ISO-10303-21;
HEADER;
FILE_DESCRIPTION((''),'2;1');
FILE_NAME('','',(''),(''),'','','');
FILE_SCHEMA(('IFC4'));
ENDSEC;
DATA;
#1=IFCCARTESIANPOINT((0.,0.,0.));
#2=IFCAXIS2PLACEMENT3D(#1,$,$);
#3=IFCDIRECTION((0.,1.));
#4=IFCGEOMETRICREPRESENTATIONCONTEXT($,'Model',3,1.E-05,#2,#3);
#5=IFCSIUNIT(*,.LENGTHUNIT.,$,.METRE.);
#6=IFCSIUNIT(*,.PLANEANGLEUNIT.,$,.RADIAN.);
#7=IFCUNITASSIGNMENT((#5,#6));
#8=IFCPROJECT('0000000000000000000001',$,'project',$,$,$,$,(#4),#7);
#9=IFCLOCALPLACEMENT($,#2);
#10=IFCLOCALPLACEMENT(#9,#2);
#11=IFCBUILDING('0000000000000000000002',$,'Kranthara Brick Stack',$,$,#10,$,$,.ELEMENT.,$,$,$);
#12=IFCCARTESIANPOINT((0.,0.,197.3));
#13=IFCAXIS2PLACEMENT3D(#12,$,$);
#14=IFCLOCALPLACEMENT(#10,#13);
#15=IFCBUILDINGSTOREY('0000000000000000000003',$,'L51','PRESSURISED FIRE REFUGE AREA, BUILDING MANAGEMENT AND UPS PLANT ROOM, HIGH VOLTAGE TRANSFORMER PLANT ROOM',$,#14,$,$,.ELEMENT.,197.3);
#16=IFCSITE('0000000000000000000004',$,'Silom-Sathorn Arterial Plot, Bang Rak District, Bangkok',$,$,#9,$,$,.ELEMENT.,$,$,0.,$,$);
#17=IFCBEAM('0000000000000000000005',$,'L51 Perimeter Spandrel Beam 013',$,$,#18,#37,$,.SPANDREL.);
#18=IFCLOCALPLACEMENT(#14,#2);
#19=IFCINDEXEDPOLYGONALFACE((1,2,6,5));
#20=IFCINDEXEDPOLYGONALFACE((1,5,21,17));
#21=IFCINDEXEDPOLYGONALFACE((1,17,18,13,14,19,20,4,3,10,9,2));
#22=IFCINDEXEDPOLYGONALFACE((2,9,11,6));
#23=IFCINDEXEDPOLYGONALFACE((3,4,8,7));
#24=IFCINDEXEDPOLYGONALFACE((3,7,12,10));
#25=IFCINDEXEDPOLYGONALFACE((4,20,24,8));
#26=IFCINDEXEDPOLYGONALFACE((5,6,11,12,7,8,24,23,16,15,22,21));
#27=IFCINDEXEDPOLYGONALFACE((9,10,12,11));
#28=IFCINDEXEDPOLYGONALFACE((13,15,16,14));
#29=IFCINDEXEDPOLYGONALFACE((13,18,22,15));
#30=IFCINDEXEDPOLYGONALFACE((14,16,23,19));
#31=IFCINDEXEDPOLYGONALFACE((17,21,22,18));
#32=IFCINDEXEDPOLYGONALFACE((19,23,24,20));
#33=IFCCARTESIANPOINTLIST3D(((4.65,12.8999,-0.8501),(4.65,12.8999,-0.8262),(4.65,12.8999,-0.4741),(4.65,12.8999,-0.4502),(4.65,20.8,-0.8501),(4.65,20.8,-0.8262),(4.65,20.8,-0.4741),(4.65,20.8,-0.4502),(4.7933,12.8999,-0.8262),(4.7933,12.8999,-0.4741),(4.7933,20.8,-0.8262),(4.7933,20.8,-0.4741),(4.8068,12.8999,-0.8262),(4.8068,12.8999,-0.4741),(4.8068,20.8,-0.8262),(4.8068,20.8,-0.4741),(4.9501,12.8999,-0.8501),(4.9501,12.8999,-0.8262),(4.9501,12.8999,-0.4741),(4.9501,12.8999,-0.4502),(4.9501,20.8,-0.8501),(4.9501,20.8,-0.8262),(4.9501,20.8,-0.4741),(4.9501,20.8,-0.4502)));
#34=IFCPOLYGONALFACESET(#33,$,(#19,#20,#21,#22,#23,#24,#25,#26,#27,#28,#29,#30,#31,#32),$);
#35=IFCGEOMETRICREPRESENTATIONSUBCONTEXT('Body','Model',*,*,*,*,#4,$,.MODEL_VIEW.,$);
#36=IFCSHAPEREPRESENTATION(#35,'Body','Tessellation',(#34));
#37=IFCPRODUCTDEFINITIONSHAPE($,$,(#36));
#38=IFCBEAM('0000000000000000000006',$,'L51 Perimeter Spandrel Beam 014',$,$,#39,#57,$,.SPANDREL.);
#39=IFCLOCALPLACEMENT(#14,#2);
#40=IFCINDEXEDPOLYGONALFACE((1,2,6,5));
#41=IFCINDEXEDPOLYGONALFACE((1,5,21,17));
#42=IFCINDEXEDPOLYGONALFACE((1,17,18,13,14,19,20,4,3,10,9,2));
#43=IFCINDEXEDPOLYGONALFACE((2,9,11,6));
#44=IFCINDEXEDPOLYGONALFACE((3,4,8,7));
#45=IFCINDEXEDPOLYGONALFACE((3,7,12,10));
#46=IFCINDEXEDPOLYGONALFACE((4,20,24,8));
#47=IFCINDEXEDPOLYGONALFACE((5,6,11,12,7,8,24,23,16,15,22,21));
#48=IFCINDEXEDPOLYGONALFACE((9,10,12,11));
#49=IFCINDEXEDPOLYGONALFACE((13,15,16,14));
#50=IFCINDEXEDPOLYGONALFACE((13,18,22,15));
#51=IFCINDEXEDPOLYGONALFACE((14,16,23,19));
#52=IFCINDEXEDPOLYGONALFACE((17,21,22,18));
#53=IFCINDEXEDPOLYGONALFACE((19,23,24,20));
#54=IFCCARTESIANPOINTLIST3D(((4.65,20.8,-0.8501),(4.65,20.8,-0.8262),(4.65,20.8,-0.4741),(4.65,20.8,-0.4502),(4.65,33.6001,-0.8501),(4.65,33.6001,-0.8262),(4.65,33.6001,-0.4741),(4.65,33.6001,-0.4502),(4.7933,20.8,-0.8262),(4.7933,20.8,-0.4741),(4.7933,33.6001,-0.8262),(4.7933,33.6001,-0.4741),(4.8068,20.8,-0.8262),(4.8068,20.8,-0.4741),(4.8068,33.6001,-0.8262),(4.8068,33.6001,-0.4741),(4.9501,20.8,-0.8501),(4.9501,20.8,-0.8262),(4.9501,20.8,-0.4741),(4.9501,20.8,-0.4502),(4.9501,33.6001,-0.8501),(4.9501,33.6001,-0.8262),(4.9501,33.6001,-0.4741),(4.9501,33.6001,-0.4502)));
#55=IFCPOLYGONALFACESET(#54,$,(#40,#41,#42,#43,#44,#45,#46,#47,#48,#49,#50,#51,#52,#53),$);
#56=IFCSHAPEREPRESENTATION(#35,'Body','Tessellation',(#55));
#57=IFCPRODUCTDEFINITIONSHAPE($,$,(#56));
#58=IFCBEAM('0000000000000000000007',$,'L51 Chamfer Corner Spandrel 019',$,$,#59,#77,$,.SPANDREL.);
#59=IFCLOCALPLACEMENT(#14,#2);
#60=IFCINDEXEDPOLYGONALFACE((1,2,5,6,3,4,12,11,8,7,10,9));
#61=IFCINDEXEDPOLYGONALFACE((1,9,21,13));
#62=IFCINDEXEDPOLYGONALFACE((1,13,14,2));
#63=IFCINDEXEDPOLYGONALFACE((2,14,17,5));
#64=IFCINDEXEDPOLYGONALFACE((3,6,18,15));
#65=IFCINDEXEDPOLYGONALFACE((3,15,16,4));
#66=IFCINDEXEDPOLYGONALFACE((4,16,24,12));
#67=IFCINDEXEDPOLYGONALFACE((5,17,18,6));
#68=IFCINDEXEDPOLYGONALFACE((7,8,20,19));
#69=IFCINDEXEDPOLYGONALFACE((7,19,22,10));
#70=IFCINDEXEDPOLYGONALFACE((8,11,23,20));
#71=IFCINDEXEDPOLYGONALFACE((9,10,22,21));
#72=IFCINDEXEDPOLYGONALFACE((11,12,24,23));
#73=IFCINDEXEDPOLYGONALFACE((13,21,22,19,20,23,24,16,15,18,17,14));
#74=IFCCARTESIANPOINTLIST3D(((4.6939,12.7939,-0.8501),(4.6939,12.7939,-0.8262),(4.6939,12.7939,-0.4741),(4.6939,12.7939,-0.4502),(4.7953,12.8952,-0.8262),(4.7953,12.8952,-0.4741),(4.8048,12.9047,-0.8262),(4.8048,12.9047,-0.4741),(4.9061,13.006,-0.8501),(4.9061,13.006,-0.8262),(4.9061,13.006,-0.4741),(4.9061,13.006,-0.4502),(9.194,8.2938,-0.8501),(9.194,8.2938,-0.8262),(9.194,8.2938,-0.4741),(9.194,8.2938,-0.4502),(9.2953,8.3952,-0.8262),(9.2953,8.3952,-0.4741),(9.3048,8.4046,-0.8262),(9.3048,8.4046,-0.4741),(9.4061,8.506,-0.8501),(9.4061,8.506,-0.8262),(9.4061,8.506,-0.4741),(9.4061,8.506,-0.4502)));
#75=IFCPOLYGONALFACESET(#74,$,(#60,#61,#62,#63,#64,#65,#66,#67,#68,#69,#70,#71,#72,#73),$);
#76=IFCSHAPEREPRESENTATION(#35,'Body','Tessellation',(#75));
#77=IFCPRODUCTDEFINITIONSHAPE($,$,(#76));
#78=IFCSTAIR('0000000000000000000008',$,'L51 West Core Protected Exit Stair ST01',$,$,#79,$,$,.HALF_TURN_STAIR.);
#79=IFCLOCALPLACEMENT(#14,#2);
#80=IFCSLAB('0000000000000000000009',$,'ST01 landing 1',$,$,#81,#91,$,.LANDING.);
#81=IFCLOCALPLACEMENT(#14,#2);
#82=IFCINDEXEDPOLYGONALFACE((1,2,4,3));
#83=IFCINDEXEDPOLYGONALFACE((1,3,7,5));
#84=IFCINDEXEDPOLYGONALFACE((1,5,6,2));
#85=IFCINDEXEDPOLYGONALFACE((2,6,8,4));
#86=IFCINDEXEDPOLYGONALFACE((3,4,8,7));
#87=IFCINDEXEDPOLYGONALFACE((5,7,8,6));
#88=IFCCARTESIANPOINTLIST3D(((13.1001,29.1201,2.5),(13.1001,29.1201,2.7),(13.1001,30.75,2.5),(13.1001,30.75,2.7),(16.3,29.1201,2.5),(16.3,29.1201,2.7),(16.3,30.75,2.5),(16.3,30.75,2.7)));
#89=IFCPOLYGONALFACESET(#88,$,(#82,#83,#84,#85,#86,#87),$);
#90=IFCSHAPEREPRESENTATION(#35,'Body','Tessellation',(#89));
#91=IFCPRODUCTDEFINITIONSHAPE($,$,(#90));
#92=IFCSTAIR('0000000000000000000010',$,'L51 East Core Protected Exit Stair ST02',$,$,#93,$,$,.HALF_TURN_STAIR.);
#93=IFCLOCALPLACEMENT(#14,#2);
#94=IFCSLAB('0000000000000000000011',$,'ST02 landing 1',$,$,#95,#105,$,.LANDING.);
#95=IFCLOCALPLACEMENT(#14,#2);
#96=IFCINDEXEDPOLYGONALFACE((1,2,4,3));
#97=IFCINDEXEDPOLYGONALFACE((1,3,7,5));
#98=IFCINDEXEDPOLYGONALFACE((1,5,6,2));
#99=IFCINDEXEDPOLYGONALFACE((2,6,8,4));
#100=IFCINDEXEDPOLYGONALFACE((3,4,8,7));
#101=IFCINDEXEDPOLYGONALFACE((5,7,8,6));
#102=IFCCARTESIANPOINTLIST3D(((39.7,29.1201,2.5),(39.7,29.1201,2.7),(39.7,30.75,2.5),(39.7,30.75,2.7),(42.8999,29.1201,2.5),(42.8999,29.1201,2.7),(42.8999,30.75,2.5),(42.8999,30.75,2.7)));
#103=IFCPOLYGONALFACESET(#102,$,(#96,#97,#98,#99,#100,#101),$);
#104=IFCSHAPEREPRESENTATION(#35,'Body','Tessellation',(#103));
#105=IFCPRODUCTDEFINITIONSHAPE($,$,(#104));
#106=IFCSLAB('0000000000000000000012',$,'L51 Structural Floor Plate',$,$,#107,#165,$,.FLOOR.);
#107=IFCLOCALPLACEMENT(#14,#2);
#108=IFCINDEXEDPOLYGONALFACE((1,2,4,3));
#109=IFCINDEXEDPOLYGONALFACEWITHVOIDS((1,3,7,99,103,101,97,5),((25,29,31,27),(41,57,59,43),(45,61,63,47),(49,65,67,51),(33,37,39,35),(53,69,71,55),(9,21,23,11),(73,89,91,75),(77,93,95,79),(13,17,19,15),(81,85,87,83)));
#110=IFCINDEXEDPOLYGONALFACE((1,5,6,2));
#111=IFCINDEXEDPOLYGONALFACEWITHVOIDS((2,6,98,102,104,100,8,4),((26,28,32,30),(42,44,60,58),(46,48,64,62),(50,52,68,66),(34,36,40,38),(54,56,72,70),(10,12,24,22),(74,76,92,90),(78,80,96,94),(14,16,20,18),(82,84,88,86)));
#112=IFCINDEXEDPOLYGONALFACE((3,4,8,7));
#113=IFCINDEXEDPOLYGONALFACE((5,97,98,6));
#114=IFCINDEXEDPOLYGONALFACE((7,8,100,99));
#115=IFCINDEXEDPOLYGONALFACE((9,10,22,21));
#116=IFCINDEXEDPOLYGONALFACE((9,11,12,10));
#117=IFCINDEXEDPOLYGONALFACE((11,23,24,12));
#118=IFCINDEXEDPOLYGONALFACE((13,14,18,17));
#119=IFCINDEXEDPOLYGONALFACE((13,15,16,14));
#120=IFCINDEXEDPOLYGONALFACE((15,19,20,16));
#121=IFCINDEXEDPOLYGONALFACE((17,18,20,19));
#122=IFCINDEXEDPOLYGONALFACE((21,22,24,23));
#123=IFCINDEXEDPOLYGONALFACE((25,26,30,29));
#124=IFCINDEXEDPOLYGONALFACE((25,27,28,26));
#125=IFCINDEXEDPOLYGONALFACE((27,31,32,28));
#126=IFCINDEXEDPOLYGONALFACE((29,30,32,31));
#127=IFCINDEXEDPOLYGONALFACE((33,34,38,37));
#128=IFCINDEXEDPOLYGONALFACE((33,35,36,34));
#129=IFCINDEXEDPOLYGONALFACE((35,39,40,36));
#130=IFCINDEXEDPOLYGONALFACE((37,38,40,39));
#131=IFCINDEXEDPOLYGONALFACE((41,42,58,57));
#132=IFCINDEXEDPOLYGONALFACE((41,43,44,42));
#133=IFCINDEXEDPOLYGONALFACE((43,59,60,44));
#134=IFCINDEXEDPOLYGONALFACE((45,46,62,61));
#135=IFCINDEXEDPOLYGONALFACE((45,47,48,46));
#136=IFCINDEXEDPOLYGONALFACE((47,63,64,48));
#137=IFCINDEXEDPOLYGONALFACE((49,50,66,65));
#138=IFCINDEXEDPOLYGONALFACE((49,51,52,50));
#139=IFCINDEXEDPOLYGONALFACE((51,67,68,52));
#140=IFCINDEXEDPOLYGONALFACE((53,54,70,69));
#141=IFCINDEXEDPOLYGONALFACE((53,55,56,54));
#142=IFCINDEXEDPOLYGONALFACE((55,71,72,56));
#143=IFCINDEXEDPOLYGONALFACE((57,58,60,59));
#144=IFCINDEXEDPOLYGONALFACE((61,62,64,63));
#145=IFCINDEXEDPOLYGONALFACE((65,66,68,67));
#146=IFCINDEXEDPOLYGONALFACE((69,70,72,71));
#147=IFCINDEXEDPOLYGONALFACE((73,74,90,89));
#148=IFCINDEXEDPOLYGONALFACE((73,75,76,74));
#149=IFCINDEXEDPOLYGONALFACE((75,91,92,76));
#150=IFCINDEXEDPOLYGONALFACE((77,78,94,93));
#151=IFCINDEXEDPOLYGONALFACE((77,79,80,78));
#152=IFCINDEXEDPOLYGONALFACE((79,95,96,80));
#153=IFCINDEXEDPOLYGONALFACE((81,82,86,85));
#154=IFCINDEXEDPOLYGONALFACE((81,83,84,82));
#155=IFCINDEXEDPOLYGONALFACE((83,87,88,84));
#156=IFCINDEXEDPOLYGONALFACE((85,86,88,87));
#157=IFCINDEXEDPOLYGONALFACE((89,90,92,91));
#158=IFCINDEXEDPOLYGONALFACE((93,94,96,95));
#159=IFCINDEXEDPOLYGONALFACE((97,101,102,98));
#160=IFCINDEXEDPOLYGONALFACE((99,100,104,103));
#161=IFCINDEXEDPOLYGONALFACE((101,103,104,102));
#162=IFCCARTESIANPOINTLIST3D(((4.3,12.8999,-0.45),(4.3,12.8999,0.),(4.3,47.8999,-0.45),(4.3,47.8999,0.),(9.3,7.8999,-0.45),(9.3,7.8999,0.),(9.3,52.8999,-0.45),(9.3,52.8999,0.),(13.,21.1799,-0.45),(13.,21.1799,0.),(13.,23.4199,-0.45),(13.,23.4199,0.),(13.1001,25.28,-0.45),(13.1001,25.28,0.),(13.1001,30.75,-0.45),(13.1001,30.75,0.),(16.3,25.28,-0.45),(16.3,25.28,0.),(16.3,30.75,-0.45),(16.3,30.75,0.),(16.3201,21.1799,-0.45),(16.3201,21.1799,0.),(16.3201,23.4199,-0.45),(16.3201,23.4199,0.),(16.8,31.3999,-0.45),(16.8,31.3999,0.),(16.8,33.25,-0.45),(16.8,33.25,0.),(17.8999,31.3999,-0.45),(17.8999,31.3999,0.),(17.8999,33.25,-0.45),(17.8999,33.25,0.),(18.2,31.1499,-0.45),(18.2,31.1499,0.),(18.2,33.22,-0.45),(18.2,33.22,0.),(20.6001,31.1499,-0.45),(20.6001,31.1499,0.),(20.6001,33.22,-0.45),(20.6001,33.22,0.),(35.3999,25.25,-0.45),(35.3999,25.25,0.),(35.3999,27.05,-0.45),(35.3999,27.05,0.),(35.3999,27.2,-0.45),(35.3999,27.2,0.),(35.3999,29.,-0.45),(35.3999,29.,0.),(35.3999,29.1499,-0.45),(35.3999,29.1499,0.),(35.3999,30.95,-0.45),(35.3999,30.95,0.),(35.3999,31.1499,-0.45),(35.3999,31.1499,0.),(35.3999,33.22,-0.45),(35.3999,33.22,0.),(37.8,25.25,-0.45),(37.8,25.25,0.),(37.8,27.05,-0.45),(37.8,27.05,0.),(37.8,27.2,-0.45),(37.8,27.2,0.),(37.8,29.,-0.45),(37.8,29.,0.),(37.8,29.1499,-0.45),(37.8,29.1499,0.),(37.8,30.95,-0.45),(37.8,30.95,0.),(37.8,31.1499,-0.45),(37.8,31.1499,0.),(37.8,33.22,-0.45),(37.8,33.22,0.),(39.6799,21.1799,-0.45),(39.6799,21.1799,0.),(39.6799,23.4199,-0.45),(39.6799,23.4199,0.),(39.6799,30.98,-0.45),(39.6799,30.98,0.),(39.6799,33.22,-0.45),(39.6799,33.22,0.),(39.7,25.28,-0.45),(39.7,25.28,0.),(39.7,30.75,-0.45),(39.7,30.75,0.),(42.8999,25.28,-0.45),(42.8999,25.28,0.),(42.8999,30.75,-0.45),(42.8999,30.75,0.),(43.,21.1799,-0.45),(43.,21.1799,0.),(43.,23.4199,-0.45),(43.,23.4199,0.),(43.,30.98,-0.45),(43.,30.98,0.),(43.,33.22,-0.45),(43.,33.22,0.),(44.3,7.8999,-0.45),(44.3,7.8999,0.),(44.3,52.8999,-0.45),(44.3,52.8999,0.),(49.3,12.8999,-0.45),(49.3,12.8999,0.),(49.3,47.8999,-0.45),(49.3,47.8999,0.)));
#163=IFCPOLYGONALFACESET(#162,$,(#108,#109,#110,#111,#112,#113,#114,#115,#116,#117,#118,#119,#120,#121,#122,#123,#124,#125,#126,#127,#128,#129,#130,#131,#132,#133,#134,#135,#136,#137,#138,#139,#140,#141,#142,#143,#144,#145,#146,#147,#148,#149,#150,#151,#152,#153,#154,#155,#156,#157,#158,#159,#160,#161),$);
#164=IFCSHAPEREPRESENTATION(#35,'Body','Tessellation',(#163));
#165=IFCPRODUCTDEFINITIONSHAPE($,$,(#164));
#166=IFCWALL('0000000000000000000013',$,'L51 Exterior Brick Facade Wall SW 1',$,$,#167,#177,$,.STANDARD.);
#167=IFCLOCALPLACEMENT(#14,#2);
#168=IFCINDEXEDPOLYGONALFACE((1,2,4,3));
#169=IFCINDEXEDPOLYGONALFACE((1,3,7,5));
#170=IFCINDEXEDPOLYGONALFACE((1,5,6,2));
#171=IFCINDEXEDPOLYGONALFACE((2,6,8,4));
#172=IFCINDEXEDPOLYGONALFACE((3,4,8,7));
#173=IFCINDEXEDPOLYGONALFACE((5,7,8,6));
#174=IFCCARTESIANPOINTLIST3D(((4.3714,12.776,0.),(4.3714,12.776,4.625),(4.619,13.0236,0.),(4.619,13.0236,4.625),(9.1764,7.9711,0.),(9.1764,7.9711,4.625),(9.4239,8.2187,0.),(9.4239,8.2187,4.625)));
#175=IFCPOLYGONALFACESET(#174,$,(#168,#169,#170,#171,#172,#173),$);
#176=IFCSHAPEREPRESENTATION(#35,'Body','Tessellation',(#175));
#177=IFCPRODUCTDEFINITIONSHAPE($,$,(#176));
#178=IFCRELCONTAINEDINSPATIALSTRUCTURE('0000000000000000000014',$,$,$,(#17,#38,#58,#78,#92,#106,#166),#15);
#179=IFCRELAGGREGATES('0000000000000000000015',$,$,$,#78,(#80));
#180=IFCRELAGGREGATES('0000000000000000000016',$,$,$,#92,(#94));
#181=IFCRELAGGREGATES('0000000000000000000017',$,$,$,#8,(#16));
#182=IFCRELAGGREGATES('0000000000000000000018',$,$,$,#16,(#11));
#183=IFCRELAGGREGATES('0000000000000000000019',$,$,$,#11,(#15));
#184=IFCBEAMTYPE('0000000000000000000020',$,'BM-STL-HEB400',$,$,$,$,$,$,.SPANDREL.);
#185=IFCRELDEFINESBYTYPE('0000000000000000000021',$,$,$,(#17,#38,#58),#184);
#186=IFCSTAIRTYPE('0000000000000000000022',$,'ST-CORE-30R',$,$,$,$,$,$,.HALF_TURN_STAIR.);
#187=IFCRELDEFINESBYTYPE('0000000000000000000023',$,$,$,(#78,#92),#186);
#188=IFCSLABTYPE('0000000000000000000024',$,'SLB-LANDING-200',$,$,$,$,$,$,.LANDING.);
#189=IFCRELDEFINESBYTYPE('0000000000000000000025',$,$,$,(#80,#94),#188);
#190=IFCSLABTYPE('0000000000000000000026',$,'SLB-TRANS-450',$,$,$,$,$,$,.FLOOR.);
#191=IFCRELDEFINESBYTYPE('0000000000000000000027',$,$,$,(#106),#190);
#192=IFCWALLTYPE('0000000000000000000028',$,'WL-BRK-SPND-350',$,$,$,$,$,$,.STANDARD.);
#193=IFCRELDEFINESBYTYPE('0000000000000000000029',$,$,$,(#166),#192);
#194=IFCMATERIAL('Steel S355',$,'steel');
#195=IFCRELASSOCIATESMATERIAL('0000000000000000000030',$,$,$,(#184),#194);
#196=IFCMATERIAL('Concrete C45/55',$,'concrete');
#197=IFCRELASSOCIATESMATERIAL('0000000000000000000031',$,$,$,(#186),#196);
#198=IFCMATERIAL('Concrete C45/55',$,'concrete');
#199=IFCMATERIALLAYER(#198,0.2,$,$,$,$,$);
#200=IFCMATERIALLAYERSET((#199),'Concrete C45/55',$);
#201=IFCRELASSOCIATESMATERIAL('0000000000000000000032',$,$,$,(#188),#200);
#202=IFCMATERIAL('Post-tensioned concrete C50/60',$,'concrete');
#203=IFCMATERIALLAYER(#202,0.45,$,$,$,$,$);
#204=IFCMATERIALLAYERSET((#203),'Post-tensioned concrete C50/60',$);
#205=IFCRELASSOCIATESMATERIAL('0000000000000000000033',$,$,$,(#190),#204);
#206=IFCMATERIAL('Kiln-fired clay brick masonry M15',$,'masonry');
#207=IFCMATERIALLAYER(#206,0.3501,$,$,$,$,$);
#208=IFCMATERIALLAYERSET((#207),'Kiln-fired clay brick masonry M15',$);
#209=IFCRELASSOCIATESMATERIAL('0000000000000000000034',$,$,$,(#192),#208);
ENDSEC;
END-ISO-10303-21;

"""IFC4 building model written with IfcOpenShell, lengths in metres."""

from ifc_helpers import new_model, si_unit, direction, frame, frame_2d, origin, origin_2d, place, context, subcontext, project, spatial, polyline, rectangle, i_section, outline, extrude, material, layer, layer_set, material_profile, profile_set, type_object, element, aggregate, save


model = new_model("IFC4")

# Units and contexts
model_context = context("Model", 3, precision=1e-05, world=origin(), true_north=direction((0.0, 1.0)))
body_context = subcontext(model_context, "Body", "Model", "MODEL_VIEW")
ifc_project = project(units=[si_unit("LENGTHUNIT", "METRE"), si_unit("PLANEANGLEUNIT", "RADIAN")], contexts=[model_context])

# Site, building, storey
site_placement = place(None, origin())
site = spatial("IfcSite", under=ifc_project, at=site_placement, Name="Silom-Sathorn Arterial Plot, Bang Rak District, Bangkok", CompositionType="ELEMENT", RefElevation=0.0)
building_placement = place(site_placement, origin())
building = spatial("IfcBuilding", under=site, at=building_placement, Name="Kranthara Brick Stack", CompositionType="ELEMENT")
storey_placement = place(building_placement, frame((0.0, 0.0, 197.3)))
storey = spatial("IfcBuildingStorey", under=building, at=storey_placement, Name="L51", Description="PRESSURISED FIRE REFUGE AREA, BUILDING MANAGEMENT AND UPS PLANT ROOM, HIGH VOLTAGE TRANSFORMER PLANT ROOM", CompositionType="ELEMENT", Elevation=197.3)

# Beams
ifc_material_1 = material(Name="Steel S355", Category="steel")
ifc_material_profile_1 = material_profile(ifc_material_1, i_section(OverallWidth=0.3, OverallDepth=0.3999, WebThickness=0.0134, FlangeThickness=0.0239, at=origin_2d()), Name="HEB 400")
ifc_profile_set_1 = profile_set([ifc_material_profile_1], Name="Steel S355")
beam_type_1 = type_object("IfcBeamType", Name="BM-STL-HEB400", PredefinedType="SPANDREL", material=ifc_profile_set_1)
beam_1_placement = place(storey_placement, frame((4.8, 12.8999, -0.6501), z_axis=(0.0, 1.0, 0.0), x_axis=(-1.0, 0.0, 0.0)))
element("IfcBeam", 1, at=beam_1_placement, inside=storey, type_object=beam_type_1, Name="L51 Perimeter Spandrel Beam 013", PredefinedType="SPANDREL", context=body_context, shape_type="SweptSolid", body=[
    extrude(i_section(OverallWidth=0.3, OverallDepth=0.3999, WebThickness=0.0134, FlangeThickness=0.0239, at=origin_2d()), origin(), (0.0, 0.0, 1.0), 7.9001),
])
beam_2_placement = place(storey_placement, frame((4.8, 20.8, -0.6501), z_axis=(0.0, 1.0, 0.0), x_axis=(-1.0, 0.0, 0.0)))
element("IfcBeam", 2, at=beam_2_placement, inside=storey, type_object=beam_type_1, Name="L51 Perimeter Spandrel Beam 014", PredefinedType="SPANDREL", context=body_context, shape_type="SweptSolid", body=[
    extrude(i_section(OverallWidth=0.3, OverallDepth=0.3999, WebThickness=0.0134, FlangeThickness=0.0239, at=origin_2d()), origin(), (0.0, 0.0, 1.0), 12.8),
])
beam_3_placement = place(storey_placement, frame((9.3, 8.3999, -0.6501), z_axis=(-0.707107, 0.707107, 0.0), x_axis=(-0.707107, -0.707107, 0.0)))
element("IfcBeam", 3, at=beam_3_placement, inside=storey, type_object=beam_type_1, Name="L51 Chamfer Corner Spandrel 019", PredefinedType="SPANDREL", context=body_context, shape_type="SweptSolid", body=[
    extrude(i_section(OverallWidth=0.3, OverallDepth=0.3999, WebThickness=0.0134, FlangeThickness=0.0239, at=origin_2d()), origin(), (0.0, 0.0, 1.0), 6.364),
])

# Stairs, slabs
ifc_material_2 = material(Name="Concrete C45/55", Category="concrete")
stair_type = type_object("IfcStairType", Name="ST-CORE-30R", PredefinedType="HALF_TURN_STAIR", material=ifc_material_2)
stair_1_placement = place(storey_placement, origin())
stair_1 = element("IfcStair", 4, at=stair_1_placement, inside=storey, type_object=stair_type, Name="L51 West Core Protected Exit Stair ST01", PredefinedType="HALF_TURN_STAIR")
ifc_material_3 = material(Name="Concrete C45/55", Category="concrete")
ifc_layer_1 = layer(ifc_material_3, 0.2)
ifc_layer_set_1 = layer_set([ifc_layer_1], Name="Concrete C45/55")
slab_type_1 = type_object("IfcSlabType", Name="SLB-LANDING-200", PredefinedType="LANDING", material=ifc_layer_set_1)
slab_1_placement = place(storey_placement, frame((0.0, 0.0, 2.5)))
slab_1 = element("IfcSlab", 5, at=slab_1_placement, type_object=slab_type_1, Name="ST01 landing 1", PredefinedType="LANDING", context=body_context, shape_type="SweptSolid", body=[
    extrude(outline(polyline([(16.3, 29.1201), (16.3, 30.75), (13.1001, 30.75), (13.1001, 29.1201), (16.3, 29.1201)])), origin(), (0.0, 0.0, 1.0), 0.2),
])
aggregate(stair_1, [slab_1])
stair_2_placement = place(storey_placement, origin())
stair_2 = element("IfcStair", 6, at=stair_2_placement, inside=storey, type_object=stair_type, Name="L51 East Core Protected Exit Stair ST02", PredefinedType="HALF_TURN_STAIR")
slab_2_placement = place(storey_placement, frame((0.0, 0.0, 2.5)))
slab_2 = element("IfcSlab", 7, at=slab_2_placement, type_object=slab_type_1, Name="ST02 landing 1", PredefinedType="LANDING", context=body_context, shape_type="SweptSolid", body=[
    extrude(outline(polyline([(42.8999, 29.1201), (42.8999, 30.75), (39.7, 30.75), (39.7, 29.1201), (42.8999, 29.1201)])), origin(), (0.0, 0.0, 1.0), 0.2),
])
aggregate(stair_2, [slab_2])

# Slab
ifc_material_4 = material(Name="Post-tensioned concrete C50/60", Category="concrete")
ifc_layer_2 = layer(ifc_material_4, 0.45)
ifc_layer_set_2 = layer_set([ifc_layer_2], Name="Post-tensioned concrete C50/60")
slab_type_2 = type_object("IfcSlabType", Name="SLB-TRANS-450", PredefinedType="FLOOR", material=ifc_layer_set_2)
slab_3_placement = place(storey_placement, frame((0.0, 0.0, -0.45)))
element("IfcSlab", 8, at=slab_3_placement, inside=storey, type_object=slab_type_2, Name="L51 Structural Floor Plate", PredefinedType="FLOOR", context=body_context, shape_type="SweptSolid", body=[
    extrude(outline(polyline([(9.3, 7.8999), (44.3, 7.8999), (49.3, 12.8999), (49.3, 47.8999), (44.3, 52.8999), (9.3, 52.8999), (4.3, 47.8999), (4.3, 12.8999), (9.3, 7.8999)]), holes=[polyline([(13.1001, 25.28), (16.3, 25.28), (16.3, 30.75), (13.1001, 30.75), (13.1001, 25.28)]), polyline([(39.7, 25.28), (42.8999, 25.28), (42.8999, 30.75), (39.7, 30.75), (39.7, 25.28)]), polyline([(13.0, 21.1799), (16.3201, 21.1799), (16.3201, 23.4199), (13.0, 23.4199), (13.0, 21.1799)]), polyline([(39.6799, 21.1799), (43.0, 21.1799), (43.0, 23.4199), (39.6799, 23.4199), (39.6799, 21.1799)]), polyline([(39.6799, 30.98), (43.0, 30.98), (43.0, 33.22), (39.6799, 33.22), (39.6799, 30.98)]), polyline([(35.3999, 25.25), (37.8, 25.25), (37.8, 27.05), (35.3999, 27.05), (35.3999, 25.25)]), polyline([(35.3999, 27.2), (37.8, 27.2), (37.8, 29.0), (35.3999, 29.0), (35.3999, 27.2)]), polyline([(35.3999, 29.1499), (37.8, 29.1499), (37.8, 30.95), (35.3999, 30.95), (35.3999, 29.1499)]), polyline([(18.2, 31.1499), (20.6001, 31.1499), (20.6001, 33.22), (18.2, 33.22), (18.2, 31.1499)]), polyline([(35.3999, 31.1499), (37.8, 31.1499), (37.8, 33.22), (35.3999, 33.22), (35.3999, 31.1499)]), polyline([(16.8, 31.3999), (17.8999, 31.3999), (17.8999, 33.25), (16.8, 33.25), (16.8, 31.3999)])]), origin(), (0.0, 0.0, 1.0), 0.45),
])

# Wall
ifc_material_5 = material(Name="Kiln-fired clay brick masonry M15", Category="masonry")
ifc_layer_3 = layer(ifc_material_5, 0.3501)
ifc_layer_set_3 = layer_set([ifc_layer_3], Name="Kiln-fired clay brick masonry M15")
wall_type_1 = type_object("IfcWallType", Name="WL-BRK-SPND-350", PredefinedType="STANDARD", material=ifc_layer_set_3)
wall_1_placement = place(storey_placement, frame((9.3, 8.095, 0.0), z_axis=(0.0, 0.0, 1.0), x_axis=(-0.707107, 0.707107, 0.0)))
element("IfcWall", 9, at=wall_1_placement, inside=storey, type_object=wall_type_1, Name="L51 Exterior Brick Facade Wall SW 1", PredefinedType="STANDARD", context=body_context, shape_type="SweptSolid", body=[
    extrude(rectangle(XDim=6.7952, YDim=0.3501, at=frame_2d((3.3975, 0.0))), origin(), (0.0, 0.0, 1.0), 4.625),
])

save(model, "model.ifc")
